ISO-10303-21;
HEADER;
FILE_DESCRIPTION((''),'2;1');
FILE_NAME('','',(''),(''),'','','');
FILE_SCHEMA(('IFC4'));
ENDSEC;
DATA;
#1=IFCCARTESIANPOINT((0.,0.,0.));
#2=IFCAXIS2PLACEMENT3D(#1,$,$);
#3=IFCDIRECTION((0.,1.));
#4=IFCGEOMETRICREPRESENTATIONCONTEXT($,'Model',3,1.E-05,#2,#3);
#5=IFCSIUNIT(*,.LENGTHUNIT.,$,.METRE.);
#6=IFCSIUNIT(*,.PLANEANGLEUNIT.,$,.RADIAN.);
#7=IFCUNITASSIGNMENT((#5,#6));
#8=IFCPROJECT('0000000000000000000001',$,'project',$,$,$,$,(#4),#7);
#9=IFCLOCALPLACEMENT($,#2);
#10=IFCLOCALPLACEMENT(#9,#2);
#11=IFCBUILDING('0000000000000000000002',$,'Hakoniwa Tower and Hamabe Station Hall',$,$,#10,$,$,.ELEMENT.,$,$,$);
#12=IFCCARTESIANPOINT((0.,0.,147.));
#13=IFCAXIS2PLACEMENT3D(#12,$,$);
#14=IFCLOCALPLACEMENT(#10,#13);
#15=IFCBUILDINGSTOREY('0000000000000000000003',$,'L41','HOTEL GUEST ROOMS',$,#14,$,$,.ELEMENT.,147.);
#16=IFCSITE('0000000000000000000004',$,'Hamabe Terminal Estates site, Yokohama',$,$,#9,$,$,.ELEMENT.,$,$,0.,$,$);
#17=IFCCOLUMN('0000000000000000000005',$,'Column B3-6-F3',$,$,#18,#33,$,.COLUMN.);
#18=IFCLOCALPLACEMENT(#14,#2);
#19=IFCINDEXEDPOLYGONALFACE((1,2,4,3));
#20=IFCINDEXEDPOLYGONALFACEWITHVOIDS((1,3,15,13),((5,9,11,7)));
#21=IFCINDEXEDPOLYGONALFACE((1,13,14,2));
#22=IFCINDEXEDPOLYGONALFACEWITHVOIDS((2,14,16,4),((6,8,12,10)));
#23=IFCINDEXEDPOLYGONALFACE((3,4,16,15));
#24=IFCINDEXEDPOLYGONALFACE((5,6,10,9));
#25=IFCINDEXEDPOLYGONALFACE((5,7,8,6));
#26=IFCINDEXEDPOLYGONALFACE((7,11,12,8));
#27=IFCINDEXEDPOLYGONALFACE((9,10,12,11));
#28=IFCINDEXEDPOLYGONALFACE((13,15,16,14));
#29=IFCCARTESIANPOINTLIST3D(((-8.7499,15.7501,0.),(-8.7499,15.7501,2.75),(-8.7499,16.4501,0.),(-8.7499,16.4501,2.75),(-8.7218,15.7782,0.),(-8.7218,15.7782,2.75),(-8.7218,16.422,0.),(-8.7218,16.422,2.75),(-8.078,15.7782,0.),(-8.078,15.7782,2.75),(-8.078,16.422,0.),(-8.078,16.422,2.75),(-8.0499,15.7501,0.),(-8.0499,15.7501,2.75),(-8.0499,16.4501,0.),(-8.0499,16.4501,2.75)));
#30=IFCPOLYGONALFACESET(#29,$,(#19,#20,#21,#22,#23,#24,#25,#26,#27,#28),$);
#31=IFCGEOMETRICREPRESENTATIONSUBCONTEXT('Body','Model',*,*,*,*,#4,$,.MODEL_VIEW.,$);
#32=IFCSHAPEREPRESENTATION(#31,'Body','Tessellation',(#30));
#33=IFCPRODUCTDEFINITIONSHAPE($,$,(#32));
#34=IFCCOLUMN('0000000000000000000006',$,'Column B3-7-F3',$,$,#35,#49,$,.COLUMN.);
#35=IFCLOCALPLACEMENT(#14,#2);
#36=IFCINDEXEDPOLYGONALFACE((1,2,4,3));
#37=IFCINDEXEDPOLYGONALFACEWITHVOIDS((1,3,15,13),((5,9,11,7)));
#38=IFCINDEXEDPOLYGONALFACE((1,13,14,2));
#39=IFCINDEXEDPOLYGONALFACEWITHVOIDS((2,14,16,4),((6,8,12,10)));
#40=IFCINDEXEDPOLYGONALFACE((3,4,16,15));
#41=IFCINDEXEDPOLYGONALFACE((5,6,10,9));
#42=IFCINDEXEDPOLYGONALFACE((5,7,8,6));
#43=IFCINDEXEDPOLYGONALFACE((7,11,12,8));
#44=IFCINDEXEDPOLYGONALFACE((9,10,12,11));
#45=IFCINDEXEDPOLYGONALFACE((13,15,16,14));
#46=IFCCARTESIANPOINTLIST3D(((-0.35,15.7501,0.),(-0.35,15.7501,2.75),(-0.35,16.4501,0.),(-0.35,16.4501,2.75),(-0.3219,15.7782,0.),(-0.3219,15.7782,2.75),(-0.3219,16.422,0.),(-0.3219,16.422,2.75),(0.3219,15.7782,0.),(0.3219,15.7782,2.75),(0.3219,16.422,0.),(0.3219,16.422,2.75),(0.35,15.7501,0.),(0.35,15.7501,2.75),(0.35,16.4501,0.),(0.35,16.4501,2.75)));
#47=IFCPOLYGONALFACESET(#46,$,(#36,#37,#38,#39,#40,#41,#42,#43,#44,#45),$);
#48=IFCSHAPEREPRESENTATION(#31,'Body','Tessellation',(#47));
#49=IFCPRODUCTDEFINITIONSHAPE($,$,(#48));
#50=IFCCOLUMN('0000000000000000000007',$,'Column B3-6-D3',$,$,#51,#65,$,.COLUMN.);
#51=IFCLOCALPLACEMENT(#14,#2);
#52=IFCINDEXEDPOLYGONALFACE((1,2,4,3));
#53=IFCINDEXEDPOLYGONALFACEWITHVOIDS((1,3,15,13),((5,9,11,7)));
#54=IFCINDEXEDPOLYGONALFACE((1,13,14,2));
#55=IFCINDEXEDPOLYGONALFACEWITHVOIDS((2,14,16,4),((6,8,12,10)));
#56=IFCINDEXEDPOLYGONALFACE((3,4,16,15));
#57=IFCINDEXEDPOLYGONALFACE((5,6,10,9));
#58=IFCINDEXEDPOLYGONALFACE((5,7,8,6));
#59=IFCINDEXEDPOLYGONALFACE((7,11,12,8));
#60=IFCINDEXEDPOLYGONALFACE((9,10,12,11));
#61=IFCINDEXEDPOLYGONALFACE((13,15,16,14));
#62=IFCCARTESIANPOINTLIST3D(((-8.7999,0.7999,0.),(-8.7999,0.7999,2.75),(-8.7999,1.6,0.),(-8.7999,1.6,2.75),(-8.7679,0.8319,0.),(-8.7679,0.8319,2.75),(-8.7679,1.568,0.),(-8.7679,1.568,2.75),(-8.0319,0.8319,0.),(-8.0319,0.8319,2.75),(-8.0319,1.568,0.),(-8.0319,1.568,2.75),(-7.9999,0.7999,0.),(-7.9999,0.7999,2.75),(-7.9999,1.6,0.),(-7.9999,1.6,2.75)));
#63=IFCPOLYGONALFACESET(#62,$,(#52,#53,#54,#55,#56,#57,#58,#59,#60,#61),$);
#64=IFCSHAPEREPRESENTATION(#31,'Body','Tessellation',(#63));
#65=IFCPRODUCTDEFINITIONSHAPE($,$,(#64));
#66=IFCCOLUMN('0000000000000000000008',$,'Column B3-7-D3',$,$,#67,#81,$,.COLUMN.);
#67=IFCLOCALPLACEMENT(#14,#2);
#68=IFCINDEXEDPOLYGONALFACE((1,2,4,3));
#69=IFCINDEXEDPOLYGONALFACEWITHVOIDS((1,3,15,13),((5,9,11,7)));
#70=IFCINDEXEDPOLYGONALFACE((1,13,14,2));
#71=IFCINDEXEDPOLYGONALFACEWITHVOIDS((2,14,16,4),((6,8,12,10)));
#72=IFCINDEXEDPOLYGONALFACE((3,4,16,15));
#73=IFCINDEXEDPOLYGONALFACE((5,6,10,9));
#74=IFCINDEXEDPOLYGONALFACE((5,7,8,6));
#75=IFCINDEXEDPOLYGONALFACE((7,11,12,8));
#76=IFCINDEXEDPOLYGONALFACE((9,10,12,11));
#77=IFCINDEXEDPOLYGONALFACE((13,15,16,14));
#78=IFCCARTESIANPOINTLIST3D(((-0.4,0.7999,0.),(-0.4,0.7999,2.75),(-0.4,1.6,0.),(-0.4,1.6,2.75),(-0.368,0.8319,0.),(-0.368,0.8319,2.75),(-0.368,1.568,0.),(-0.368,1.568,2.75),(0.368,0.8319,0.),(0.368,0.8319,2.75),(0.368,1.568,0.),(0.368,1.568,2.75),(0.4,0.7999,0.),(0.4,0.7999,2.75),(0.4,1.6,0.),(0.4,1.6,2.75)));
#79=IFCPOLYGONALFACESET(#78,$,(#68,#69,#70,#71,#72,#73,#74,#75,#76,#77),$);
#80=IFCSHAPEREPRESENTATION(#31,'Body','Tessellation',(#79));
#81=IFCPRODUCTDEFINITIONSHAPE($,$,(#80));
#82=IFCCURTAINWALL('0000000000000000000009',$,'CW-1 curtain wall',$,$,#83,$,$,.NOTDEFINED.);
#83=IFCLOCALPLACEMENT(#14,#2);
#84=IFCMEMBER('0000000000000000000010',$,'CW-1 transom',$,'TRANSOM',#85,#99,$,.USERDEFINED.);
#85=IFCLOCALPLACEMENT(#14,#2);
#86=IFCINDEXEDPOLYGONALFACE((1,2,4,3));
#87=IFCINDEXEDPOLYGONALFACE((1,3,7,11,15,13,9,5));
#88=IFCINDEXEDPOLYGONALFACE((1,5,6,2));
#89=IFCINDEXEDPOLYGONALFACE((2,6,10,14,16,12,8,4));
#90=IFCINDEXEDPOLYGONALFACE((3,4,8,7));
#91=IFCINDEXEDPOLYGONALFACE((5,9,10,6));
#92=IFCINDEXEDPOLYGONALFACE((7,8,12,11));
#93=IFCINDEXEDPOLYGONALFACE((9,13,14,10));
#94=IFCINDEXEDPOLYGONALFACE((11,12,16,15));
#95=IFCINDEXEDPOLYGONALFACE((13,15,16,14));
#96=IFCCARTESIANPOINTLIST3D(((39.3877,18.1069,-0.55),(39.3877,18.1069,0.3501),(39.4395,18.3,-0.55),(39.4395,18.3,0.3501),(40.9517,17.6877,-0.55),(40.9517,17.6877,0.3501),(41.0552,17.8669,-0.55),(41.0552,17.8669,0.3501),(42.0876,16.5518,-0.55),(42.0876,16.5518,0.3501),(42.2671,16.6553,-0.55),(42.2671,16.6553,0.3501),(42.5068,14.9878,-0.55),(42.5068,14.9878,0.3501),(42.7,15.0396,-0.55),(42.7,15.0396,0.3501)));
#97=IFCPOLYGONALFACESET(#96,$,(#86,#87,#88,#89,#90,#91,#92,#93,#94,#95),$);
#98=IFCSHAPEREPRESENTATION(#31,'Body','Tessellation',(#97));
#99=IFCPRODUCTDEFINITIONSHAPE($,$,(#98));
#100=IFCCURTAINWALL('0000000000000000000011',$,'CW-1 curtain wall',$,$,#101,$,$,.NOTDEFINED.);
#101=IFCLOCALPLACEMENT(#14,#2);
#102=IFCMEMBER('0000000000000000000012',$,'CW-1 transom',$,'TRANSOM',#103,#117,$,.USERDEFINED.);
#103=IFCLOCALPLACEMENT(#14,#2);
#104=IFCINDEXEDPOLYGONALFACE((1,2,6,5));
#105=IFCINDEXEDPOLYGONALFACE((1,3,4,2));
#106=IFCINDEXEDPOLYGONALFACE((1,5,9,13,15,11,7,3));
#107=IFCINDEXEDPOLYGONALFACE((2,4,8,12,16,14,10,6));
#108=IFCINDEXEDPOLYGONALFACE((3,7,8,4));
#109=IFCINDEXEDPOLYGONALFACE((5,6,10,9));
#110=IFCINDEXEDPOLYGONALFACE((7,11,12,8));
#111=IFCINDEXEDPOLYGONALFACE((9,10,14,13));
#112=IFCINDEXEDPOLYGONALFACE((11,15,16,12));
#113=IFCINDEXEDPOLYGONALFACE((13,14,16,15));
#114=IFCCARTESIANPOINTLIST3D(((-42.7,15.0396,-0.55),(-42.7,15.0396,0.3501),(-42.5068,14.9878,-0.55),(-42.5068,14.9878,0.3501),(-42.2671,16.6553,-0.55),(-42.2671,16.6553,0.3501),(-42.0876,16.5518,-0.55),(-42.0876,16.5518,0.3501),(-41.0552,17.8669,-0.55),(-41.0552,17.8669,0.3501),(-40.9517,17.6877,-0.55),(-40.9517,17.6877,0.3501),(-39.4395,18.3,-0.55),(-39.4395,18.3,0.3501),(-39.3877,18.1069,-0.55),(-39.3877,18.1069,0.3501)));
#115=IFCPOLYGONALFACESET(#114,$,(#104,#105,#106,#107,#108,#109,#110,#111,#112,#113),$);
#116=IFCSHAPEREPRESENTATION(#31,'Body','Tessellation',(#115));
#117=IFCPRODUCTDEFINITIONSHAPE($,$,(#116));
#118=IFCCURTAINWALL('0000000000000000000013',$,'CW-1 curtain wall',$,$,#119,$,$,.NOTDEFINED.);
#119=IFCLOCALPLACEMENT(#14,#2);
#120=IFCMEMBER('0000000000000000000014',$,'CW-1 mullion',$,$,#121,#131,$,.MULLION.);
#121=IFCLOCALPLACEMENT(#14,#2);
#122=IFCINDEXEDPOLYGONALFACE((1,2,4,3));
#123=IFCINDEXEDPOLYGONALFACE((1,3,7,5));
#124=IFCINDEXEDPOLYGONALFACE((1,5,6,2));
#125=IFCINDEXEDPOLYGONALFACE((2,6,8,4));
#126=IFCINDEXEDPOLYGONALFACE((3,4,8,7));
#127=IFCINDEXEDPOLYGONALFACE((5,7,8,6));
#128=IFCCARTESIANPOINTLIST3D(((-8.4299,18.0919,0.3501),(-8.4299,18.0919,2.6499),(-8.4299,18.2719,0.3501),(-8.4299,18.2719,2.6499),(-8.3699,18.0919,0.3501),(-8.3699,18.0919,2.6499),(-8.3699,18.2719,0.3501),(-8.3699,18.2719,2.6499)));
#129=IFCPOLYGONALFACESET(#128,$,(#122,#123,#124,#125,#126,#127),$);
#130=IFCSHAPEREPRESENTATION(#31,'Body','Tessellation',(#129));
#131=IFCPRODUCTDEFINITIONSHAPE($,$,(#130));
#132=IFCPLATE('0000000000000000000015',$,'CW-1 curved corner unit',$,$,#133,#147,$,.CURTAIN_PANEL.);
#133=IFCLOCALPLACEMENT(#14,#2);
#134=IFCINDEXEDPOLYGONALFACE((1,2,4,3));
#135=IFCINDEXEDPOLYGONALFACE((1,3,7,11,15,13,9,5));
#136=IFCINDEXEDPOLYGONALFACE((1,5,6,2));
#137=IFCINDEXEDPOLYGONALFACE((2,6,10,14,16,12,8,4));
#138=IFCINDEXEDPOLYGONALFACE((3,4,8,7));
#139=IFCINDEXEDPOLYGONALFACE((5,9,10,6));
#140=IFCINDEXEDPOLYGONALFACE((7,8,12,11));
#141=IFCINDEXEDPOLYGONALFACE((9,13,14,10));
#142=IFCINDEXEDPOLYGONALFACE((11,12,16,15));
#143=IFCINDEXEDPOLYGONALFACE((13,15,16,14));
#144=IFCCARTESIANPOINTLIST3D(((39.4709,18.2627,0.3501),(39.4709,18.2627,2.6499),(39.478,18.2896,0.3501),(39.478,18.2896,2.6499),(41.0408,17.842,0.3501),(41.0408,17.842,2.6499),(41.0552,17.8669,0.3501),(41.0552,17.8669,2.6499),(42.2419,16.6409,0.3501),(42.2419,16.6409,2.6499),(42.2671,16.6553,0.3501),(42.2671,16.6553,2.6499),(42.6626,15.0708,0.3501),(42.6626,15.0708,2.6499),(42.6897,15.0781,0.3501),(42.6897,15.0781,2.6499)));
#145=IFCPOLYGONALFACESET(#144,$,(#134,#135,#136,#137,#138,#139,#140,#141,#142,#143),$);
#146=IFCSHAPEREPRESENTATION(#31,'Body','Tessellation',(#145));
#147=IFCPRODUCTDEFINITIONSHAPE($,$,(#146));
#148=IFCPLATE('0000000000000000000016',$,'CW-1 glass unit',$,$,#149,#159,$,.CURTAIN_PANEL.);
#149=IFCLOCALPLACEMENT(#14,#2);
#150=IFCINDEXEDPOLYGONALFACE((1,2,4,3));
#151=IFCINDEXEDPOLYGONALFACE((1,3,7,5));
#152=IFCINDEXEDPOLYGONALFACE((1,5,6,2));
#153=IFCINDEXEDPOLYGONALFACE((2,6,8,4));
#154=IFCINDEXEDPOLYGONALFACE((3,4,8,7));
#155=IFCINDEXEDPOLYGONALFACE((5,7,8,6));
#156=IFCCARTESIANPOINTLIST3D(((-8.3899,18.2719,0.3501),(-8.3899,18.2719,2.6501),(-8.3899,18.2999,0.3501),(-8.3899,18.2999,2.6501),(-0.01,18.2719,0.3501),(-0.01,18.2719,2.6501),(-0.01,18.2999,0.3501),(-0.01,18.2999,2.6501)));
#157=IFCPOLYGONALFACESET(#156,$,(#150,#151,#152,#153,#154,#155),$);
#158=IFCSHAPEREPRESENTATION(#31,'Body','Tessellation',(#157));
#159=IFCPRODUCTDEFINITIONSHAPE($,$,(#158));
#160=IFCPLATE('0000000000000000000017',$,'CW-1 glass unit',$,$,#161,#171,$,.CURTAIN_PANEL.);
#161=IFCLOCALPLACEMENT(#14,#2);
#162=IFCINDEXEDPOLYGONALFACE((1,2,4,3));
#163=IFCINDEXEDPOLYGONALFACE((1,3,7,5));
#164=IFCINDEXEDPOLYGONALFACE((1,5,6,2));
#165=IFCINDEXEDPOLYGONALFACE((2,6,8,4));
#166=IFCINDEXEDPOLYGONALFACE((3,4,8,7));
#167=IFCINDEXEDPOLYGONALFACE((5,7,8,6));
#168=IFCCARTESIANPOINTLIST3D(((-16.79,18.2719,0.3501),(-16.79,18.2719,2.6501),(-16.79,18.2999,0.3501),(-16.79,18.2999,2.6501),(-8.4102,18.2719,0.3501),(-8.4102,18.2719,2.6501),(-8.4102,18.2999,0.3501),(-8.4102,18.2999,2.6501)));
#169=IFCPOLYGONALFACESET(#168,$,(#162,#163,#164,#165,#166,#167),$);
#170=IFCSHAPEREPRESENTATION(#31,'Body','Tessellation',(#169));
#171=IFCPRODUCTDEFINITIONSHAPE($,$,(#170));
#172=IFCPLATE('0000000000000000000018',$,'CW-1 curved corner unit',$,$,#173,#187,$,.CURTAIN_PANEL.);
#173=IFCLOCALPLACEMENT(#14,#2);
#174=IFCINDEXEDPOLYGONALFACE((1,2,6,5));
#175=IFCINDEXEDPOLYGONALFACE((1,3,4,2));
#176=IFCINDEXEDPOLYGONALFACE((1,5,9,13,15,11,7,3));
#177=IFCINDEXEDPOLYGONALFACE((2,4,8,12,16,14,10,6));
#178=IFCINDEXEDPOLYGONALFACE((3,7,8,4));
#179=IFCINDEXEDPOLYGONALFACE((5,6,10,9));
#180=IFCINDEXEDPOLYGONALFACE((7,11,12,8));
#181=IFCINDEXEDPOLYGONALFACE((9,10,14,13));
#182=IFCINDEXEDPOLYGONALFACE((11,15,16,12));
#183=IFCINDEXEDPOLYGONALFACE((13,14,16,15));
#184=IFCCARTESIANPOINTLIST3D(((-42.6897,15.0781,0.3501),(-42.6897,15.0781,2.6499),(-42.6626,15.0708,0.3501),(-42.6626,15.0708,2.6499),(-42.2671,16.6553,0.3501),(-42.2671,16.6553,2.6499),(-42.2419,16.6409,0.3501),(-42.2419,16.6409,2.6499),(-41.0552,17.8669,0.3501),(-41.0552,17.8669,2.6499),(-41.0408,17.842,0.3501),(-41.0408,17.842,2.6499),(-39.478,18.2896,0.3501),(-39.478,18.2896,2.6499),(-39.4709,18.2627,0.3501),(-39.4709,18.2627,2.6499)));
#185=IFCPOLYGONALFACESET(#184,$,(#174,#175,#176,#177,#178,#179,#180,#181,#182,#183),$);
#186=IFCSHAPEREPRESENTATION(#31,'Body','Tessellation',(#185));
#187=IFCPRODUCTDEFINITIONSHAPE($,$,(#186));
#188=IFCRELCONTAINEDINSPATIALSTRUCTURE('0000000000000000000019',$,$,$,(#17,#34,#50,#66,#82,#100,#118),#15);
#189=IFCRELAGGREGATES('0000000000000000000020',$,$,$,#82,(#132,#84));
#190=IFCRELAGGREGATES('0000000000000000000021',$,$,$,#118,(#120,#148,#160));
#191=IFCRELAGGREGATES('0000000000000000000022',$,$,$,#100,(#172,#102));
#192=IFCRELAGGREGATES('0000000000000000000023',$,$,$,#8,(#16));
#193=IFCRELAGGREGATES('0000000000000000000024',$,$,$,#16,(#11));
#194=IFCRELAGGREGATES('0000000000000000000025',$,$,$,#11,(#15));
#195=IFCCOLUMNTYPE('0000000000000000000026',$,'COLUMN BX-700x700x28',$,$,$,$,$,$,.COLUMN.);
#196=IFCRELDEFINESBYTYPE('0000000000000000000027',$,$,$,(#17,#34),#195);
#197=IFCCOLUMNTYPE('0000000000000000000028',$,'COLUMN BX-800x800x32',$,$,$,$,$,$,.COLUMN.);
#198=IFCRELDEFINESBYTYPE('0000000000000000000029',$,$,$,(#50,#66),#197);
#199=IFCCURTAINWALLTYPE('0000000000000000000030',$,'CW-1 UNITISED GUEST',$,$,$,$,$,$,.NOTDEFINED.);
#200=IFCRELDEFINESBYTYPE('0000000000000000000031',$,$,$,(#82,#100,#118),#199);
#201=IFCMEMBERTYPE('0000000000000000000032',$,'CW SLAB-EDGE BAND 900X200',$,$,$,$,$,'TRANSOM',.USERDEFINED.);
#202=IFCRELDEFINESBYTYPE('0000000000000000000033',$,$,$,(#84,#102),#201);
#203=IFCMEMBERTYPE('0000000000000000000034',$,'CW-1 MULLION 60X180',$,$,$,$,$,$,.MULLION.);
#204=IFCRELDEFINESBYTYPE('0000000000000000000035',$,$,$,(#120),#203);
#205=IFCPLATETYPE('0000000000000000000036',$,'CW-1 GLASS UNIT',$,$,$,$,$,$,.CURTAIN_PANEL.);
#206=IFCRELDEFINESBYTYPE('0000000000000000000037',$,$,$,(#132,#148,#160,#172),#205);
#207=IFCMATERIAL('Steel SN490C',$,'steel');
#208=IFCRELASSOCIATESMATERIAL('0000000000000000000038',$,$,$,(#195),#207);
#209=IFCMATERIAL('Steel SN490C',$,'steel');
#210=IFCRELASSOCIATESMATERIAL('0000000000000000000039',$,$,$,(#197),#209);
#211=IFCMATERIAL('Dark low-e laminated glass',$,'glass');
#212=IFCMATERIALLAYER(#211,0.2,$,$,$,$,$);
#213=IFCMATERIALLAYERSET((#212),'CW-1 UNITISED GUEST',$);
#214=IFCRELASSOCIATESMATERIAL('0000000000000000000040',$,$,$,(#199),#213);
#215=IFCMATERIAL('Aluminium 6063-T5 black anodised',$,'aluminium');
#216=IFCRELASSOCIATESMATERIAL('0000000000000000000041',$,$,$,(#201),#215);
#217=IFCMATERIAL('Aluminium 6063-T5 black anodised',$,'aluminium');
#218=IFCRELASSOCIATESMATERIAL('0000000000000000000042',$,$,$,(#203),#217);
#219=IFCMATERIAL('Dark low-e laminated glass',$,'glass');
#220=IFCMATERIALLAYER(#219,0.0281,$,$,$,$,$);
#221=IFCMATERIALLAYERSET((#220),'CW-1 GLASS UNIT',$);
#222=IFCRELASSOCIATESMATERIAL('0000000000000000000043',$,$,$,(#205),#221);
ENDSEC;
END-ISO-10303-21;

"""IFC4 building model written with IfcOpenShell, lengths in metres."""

from ifc_helpers import new_model, si_unit, direction, frame, origin, origin_2d, place, context, subcontext, project, spatial, polyline, rectangle, hollow_rectangle, outline, extrude, material, layer, layer_set, material_profile, profile_set, type_object, element, aggregate, save


model = new_model("IFC4")

# Units and contexts
model_context = context("Model", 3, precision=1e-05, world=origin(), true_north=direction((0.0, 1.0)))
body_context = subcontext(model_context, "Body", "Model", "MODEL_VIEW")
ifc_project = project(units=[si_unit("LENGTHUNIT", "METRE"), si_unit("PLANEANGLEUNIT", "RADIAN")], contexts=[model_context])

# Site, building, storey
site_placement = place(None, origin())
site = spatial("IfcSite", under=ifc_project, at=site_placement, Name="Hamabe Terminal Estates site, Yokohama", CompositionType="ELEMENT", RefElevation=0.0)
building_placement = place(site_placement, origin())
building = spatial("IfcBuilding", under=site, at=building_placement, Name="Hakoniwa Tower and Hamabe Station Hall", CompositionType="ELEMENT")
storey_placement = place(building_placement, frame((0.0, 0.0, 147.0)))
storey = spatial("IfcBuildingStorey", under=building, at=storey_placement, Name="L41", Description="HOTEL GUEST ROOMS", CompositionType="ELEMENT", Elevation=147.0)

# Columns
ifc_material_1 = material(Name="Steel SN490C", Category="steel")
ifc_material_profile_1 = material_profile(ifc_material_1, hollow_rectangle(XDim=0.7, YDim=0.7, WallThickness=0.0281, at=origin_2d()), Name="BX-700x700x28")
ifc_profile_set_1 = profile_set([ifc_material_profile_1], Name="Steel SN490C")
column_type_1 = type_object("IfcColumnType", Name="COLUMN BX-700x700x28", PredefinedType="COLUMN", material=ifc_profile_set_1)
for number, where, z_axis, x_axis, name in (
    (1, (-8.3999, 16.1001, 0.0), (0.0, 0.0, 1.0), (1.0, 0.0, 0.0), "Column B3-6-F3"),
    (2, (0.0, 16.1001, 0.0), (0.0, 0.0, 1.0), (1.0, 0.0, 0.0), "Column B3-7-F3"),
):
    element("IfcColumn", number, at=place(storey_placement, frame(where, z_axis=z_axis, x_axis=x_axis)), inside=storey, type_object=column_type_1, Name=name, PredefinedType="COLUMN", context=body_context, shape_type="SweptSolid", body=[
        extrude(hollow_rectangle(XDim=0.7, YDim=0.7, WallThickness=0.0281, at=origin_2d()), origin(), (0.0, 0.0, 1.0), 2.75),
    ])
ifc_material_2 = material(Name="Steel SN490C", Category="steel")
ifc_material_profile_2 = material_profile(ifc_material_2, hollow_rectangle(XDim=0.8, YDim=0.8, WallThickness=0.032, at=origin_2d()), Name="BX-800x800x32")
ifc_profile_set_2 = profile_set([ifc_material_profile_2], Name="Steel SN490C")
column_type_2 = type_object("IfcColumnType", Name="COLUMN BX-800x800x32", PredefinedType="COLUMN", material=ifc_profile_set_2)
for number, where, z_axis, x_axis, name in (
    (3, (-8.3999, 1.2, 0.0), (0.0, 0.0, 1.0), (1.0, 0.0, 0.0), "Column B3-6-D3"),
    (4, (0.0, 1.2, 0.0), (0.0, 0.0, 1.0), (1.0, 0.0, 0.0), "Column B3-7-D3"),
):
    element("IfcColumn", number, at=place(storey_placement, frame(where, z_axis=z_axis, x_axis=x_axis)), inside=storey, type_object=column_type_2, Name=name, PredefinedType="COLUMN", context=body_context, shape_type="SweptSolid", body=[
        extrude(hollow_rectangle(XDim=0.8, YDim=0.8, WallThickness=0.032, at=origin_2d()), origin(), (0.0, 0.0, 1.0), 2.75),
    ])

# Curtain walls, members
ifc_material_3 = material(Name="Dark low-e laminated glass", Category="glass")
ifc_layer_1 = layer(ifc_material_3, 0.2)
ifc_layer_set_1 = layer_set([ifc_layer_1], Name="CW-1 UNITISED GUEST")
curtain_wall_type = type_object("IfcCurtainWallType", Name="CW-1 UNITISED GUEST", PredefinedType="NOTDEFINED", material=ifc_layer_set_1)
curtain_wall_1_placement = place(storey_placement, origin())
curtain_wall_1 = element("IfcCurtainWall", 5, at=curtain_wall_1_placement, inside=storey, type_object=curtain_wall_type, Name="CW-1 curtain wall", PredefinedType="NOTDEFINED")
ifc_material_4 = material(Name="Aluminium 6063-T5 black anodised", Category="aluminium")
ifc_material_profile_3 = material_profile(ifc_material_4, rectangle(XDim=0.2, YDim=0.8999, at=origin_2d()), Name="CW SLAB-EDGE BAND 900X200")
ifc_profile_set_3 = profile_set([ifc_material_profile_3], Name="Aluminium 6063-T5 black anodised")
member_type_1 = type_object("IfcMemberType", Name="CW SLAB-EDGE BAND 900X200", ElementType="TRANSOM", PredefinedType="USERDEFINED", material=ifc_profile_set_3)
member_1_placement = place(storey_placement, frame((0.0, 0.0, -0.55)))
member_1 = element("IfcMember", 6, at=member_1_placement, type_object=member_type_1, Name="CW-1 transom", ObjectType="TRANSOM", PredefinedType="USERDEFINED", context=body_context, shape_type="SweptSolid", body=[
    extrude(outline(polyline([(42.7, 15.0396), (42.2671, 16.6553), (41.0552, 17.8669), (39.4395, 18.3), (39.3877, 18.1069), (40.9517, 17.6877), (42.0876, 16.5518), (42.5068, 14.9878), (42.7, 15.0396)])), origin(), (0.0, 0.0, 1.0), 0.9001),
])
curtain_wall_2_placement = place(storey_placement, origin())
curtain_wall_2 = element("IfcCurtainWall", 7, at=curtain_wall_2_placement, inside=storey, type_object=curtain_wall_type, Name="CW-1 curtain wall", PredefinedType="NOTDEFINED")
member_2_placement = place(storey_placement, frame((0.0, 0.0, -0.55)))
member_2 = element("IfcMember", 8, at=member_2_placement, type_object=member_type_1, Name="CW-1 transom", ObjectType="TRANSOM", PredefinedType="USERDEFINED", context=body_context, shape_type="SweptSolid", body=[
    extrude(outline(polyline([(-39.4395, 18.3), (-41.0552, 17.8669), (-42.2671, 16.6553), (-42.7, 15.0396), (-42.5068, 14.9878), (-42.0876, 16.5518), (-40.9517, 17.6877), (-39.3877, 18.1069), (-39.4395, 18.3)])), origin(), (0.0, 0.0, 1.0), 0.9001),
])
curtain_wall_3_placement = place(storey_placement, origin())
curtain_wall_3 = element("IfcCurtainWall", 9, at=curtain_wall_3_placement, inside=storey, type_object=curtain_wall_type, Name="CW-1 curtain wall", PredefinedType="NOTDEFINED")
ifc_material_5 = material(Name="Aluminium 6063-T5 black anodised", Category="aluminium")
ifc_material_profile_4 = material_profile(ifc_material_5, rectangle(XDim=0.0601, YDim=0.1799, at=origin_2d()), Name="CW-1 MULLION 60X180")
ifc_profile_set_4 = profile_set([ifc_material_profile_4], Name="Aluminium 6063-T5 black anodised")
member_type_2 = type_object("IfcMemberType", Name="CW-1 MULLION 60X180", PredefinedType="MULLION", material=ifc_profile_set_4)
member_3_placement = place(storey_placement, frame((-8.3999, 18.1819, 0.3501), z_axis=(0.0, 0.0, 1.0), x_axis=(-1.0, 0.0, 0.0)))
member_3 = element("IfcMember", 10, at=member_3_placement, type_object=member_type_2, Name="CW-1 mullion", PredefinedType="MULLION", context=body_context, shape_type="SweptSolid", body=[
    extrude(rectangle(XDim=0.0601, YDim=0.1799, at=origin_2d()), origin(), (0.0, 0.0, 1.0), 2.2998),
])

# Plates
ifc_material_6 = material(Name="Dark low-e laminated glass", Category="glass")
ifc_layer_2 = layer(ifc_material_6, 0.0281)
ifc_layer_set_2 = layer_set([ifc_layer_2], Name="CW-1 GLASS UNIT")
plate_type = type_object("IfcPlateType", Name="CW-1 GLASS UNIT", PredefinedType="CURTAIN_PANEL", material=ifc_layer_set_2)
plate_1_placement = place(storey_placement, frame((0.0, 0.0, 0.3501)))
plate_1 = element("IfcPlate", 11, at=plate_1_placement, type_object=plate_type, Name="CW-1 curved corner unit", PredefinedType="CURTAIN_PANEL", context=body_context, shape_type="SweptSolid", body=[
    extrude(outline(polyline([(42.6897, 15.0781), (42.2671, 16.6553), (41.0552, 17.8669), (39.478, 18.2896), (39.4709, 18.2627), (41.0408, 17.842), (42.2419, 16.6409), (42.6626, 15.0708), (42.6897, 15.0781)])), origin(), (0.0, 0.0, 1.0), 2.2998),
])
aggregate(curtain_wall_1, [plate_1, member_1])
plate_2_placement = place(storey_placement, frame((-4.2, 18.2859, 0.3501), z_axis=(0.0, 0.0, 1.0), x_axis=(-1.0, 0.0, 0.0)))
plate_2 = element("IfcPlate", 12, at=plate_2_placement, type_object=plate_type, Name="CW-1 glass unit", PredefinedType="CURTAIN_PANEL", context=body_context, shape_type="SweptSolid", body=[
    extrude(rectangle(XDim=8.3799, YDim=0.0281, at=origin_2d()), origin(), (0.0, 0.0, 1.0), 2.3),
])
plate_3_placement = place(storey_placement, frame((-12.6001, 18.2859, 0.3501), z_axis=(0.0, 0.0, 1.0), x_axis=(-1.0, 0.0, 0.0)))
plate_3 = element("IfcPlate", 13, at=plate_3_placement, type_object=plate_type, Name="CW-1 glass unit", PredefinedType="CURTAIN_PANEL", context=body_context, shape_type="SweptSolid", body=[
    extrude(rectangle(XDim=8.3799, YDim=0.0281, at=origin_2d()), origin(), (0.0, 0.0, 1.0), 2.3),
])
aggregate(curtain_wall_3, [member_3, plate_2, plate_3])
plate_4_placement = place(storey_placement, frame((0.0, 0.0, 0.3501)))
plate_4 = element("IfcPlate", 14, at=plate_4_placement, type_object=plate_type, Name="CW-1 curved corner unit", PredefinedType="CURTAIN_PANEL", context=body_context, shape_type="SweptSolid", body=[
    extrude(outline(polyline([(-39.478, 18.2896), (-41.0552, 17.8669), (-42.2671, 16.6553), (-42.6897, 15.0781), (-42.6626, 15.0708), (-42.2419, 16.6409), (-41.0408, 17.842), (-39.4709, 18.2627), (-39.478, 18.2896)])), origin(), (0.0, 0.0, 1.0), 2.2998),
])
aggregate(curtain_wall_2, [plate_4, member_2])

save(model, "model.ifc")
